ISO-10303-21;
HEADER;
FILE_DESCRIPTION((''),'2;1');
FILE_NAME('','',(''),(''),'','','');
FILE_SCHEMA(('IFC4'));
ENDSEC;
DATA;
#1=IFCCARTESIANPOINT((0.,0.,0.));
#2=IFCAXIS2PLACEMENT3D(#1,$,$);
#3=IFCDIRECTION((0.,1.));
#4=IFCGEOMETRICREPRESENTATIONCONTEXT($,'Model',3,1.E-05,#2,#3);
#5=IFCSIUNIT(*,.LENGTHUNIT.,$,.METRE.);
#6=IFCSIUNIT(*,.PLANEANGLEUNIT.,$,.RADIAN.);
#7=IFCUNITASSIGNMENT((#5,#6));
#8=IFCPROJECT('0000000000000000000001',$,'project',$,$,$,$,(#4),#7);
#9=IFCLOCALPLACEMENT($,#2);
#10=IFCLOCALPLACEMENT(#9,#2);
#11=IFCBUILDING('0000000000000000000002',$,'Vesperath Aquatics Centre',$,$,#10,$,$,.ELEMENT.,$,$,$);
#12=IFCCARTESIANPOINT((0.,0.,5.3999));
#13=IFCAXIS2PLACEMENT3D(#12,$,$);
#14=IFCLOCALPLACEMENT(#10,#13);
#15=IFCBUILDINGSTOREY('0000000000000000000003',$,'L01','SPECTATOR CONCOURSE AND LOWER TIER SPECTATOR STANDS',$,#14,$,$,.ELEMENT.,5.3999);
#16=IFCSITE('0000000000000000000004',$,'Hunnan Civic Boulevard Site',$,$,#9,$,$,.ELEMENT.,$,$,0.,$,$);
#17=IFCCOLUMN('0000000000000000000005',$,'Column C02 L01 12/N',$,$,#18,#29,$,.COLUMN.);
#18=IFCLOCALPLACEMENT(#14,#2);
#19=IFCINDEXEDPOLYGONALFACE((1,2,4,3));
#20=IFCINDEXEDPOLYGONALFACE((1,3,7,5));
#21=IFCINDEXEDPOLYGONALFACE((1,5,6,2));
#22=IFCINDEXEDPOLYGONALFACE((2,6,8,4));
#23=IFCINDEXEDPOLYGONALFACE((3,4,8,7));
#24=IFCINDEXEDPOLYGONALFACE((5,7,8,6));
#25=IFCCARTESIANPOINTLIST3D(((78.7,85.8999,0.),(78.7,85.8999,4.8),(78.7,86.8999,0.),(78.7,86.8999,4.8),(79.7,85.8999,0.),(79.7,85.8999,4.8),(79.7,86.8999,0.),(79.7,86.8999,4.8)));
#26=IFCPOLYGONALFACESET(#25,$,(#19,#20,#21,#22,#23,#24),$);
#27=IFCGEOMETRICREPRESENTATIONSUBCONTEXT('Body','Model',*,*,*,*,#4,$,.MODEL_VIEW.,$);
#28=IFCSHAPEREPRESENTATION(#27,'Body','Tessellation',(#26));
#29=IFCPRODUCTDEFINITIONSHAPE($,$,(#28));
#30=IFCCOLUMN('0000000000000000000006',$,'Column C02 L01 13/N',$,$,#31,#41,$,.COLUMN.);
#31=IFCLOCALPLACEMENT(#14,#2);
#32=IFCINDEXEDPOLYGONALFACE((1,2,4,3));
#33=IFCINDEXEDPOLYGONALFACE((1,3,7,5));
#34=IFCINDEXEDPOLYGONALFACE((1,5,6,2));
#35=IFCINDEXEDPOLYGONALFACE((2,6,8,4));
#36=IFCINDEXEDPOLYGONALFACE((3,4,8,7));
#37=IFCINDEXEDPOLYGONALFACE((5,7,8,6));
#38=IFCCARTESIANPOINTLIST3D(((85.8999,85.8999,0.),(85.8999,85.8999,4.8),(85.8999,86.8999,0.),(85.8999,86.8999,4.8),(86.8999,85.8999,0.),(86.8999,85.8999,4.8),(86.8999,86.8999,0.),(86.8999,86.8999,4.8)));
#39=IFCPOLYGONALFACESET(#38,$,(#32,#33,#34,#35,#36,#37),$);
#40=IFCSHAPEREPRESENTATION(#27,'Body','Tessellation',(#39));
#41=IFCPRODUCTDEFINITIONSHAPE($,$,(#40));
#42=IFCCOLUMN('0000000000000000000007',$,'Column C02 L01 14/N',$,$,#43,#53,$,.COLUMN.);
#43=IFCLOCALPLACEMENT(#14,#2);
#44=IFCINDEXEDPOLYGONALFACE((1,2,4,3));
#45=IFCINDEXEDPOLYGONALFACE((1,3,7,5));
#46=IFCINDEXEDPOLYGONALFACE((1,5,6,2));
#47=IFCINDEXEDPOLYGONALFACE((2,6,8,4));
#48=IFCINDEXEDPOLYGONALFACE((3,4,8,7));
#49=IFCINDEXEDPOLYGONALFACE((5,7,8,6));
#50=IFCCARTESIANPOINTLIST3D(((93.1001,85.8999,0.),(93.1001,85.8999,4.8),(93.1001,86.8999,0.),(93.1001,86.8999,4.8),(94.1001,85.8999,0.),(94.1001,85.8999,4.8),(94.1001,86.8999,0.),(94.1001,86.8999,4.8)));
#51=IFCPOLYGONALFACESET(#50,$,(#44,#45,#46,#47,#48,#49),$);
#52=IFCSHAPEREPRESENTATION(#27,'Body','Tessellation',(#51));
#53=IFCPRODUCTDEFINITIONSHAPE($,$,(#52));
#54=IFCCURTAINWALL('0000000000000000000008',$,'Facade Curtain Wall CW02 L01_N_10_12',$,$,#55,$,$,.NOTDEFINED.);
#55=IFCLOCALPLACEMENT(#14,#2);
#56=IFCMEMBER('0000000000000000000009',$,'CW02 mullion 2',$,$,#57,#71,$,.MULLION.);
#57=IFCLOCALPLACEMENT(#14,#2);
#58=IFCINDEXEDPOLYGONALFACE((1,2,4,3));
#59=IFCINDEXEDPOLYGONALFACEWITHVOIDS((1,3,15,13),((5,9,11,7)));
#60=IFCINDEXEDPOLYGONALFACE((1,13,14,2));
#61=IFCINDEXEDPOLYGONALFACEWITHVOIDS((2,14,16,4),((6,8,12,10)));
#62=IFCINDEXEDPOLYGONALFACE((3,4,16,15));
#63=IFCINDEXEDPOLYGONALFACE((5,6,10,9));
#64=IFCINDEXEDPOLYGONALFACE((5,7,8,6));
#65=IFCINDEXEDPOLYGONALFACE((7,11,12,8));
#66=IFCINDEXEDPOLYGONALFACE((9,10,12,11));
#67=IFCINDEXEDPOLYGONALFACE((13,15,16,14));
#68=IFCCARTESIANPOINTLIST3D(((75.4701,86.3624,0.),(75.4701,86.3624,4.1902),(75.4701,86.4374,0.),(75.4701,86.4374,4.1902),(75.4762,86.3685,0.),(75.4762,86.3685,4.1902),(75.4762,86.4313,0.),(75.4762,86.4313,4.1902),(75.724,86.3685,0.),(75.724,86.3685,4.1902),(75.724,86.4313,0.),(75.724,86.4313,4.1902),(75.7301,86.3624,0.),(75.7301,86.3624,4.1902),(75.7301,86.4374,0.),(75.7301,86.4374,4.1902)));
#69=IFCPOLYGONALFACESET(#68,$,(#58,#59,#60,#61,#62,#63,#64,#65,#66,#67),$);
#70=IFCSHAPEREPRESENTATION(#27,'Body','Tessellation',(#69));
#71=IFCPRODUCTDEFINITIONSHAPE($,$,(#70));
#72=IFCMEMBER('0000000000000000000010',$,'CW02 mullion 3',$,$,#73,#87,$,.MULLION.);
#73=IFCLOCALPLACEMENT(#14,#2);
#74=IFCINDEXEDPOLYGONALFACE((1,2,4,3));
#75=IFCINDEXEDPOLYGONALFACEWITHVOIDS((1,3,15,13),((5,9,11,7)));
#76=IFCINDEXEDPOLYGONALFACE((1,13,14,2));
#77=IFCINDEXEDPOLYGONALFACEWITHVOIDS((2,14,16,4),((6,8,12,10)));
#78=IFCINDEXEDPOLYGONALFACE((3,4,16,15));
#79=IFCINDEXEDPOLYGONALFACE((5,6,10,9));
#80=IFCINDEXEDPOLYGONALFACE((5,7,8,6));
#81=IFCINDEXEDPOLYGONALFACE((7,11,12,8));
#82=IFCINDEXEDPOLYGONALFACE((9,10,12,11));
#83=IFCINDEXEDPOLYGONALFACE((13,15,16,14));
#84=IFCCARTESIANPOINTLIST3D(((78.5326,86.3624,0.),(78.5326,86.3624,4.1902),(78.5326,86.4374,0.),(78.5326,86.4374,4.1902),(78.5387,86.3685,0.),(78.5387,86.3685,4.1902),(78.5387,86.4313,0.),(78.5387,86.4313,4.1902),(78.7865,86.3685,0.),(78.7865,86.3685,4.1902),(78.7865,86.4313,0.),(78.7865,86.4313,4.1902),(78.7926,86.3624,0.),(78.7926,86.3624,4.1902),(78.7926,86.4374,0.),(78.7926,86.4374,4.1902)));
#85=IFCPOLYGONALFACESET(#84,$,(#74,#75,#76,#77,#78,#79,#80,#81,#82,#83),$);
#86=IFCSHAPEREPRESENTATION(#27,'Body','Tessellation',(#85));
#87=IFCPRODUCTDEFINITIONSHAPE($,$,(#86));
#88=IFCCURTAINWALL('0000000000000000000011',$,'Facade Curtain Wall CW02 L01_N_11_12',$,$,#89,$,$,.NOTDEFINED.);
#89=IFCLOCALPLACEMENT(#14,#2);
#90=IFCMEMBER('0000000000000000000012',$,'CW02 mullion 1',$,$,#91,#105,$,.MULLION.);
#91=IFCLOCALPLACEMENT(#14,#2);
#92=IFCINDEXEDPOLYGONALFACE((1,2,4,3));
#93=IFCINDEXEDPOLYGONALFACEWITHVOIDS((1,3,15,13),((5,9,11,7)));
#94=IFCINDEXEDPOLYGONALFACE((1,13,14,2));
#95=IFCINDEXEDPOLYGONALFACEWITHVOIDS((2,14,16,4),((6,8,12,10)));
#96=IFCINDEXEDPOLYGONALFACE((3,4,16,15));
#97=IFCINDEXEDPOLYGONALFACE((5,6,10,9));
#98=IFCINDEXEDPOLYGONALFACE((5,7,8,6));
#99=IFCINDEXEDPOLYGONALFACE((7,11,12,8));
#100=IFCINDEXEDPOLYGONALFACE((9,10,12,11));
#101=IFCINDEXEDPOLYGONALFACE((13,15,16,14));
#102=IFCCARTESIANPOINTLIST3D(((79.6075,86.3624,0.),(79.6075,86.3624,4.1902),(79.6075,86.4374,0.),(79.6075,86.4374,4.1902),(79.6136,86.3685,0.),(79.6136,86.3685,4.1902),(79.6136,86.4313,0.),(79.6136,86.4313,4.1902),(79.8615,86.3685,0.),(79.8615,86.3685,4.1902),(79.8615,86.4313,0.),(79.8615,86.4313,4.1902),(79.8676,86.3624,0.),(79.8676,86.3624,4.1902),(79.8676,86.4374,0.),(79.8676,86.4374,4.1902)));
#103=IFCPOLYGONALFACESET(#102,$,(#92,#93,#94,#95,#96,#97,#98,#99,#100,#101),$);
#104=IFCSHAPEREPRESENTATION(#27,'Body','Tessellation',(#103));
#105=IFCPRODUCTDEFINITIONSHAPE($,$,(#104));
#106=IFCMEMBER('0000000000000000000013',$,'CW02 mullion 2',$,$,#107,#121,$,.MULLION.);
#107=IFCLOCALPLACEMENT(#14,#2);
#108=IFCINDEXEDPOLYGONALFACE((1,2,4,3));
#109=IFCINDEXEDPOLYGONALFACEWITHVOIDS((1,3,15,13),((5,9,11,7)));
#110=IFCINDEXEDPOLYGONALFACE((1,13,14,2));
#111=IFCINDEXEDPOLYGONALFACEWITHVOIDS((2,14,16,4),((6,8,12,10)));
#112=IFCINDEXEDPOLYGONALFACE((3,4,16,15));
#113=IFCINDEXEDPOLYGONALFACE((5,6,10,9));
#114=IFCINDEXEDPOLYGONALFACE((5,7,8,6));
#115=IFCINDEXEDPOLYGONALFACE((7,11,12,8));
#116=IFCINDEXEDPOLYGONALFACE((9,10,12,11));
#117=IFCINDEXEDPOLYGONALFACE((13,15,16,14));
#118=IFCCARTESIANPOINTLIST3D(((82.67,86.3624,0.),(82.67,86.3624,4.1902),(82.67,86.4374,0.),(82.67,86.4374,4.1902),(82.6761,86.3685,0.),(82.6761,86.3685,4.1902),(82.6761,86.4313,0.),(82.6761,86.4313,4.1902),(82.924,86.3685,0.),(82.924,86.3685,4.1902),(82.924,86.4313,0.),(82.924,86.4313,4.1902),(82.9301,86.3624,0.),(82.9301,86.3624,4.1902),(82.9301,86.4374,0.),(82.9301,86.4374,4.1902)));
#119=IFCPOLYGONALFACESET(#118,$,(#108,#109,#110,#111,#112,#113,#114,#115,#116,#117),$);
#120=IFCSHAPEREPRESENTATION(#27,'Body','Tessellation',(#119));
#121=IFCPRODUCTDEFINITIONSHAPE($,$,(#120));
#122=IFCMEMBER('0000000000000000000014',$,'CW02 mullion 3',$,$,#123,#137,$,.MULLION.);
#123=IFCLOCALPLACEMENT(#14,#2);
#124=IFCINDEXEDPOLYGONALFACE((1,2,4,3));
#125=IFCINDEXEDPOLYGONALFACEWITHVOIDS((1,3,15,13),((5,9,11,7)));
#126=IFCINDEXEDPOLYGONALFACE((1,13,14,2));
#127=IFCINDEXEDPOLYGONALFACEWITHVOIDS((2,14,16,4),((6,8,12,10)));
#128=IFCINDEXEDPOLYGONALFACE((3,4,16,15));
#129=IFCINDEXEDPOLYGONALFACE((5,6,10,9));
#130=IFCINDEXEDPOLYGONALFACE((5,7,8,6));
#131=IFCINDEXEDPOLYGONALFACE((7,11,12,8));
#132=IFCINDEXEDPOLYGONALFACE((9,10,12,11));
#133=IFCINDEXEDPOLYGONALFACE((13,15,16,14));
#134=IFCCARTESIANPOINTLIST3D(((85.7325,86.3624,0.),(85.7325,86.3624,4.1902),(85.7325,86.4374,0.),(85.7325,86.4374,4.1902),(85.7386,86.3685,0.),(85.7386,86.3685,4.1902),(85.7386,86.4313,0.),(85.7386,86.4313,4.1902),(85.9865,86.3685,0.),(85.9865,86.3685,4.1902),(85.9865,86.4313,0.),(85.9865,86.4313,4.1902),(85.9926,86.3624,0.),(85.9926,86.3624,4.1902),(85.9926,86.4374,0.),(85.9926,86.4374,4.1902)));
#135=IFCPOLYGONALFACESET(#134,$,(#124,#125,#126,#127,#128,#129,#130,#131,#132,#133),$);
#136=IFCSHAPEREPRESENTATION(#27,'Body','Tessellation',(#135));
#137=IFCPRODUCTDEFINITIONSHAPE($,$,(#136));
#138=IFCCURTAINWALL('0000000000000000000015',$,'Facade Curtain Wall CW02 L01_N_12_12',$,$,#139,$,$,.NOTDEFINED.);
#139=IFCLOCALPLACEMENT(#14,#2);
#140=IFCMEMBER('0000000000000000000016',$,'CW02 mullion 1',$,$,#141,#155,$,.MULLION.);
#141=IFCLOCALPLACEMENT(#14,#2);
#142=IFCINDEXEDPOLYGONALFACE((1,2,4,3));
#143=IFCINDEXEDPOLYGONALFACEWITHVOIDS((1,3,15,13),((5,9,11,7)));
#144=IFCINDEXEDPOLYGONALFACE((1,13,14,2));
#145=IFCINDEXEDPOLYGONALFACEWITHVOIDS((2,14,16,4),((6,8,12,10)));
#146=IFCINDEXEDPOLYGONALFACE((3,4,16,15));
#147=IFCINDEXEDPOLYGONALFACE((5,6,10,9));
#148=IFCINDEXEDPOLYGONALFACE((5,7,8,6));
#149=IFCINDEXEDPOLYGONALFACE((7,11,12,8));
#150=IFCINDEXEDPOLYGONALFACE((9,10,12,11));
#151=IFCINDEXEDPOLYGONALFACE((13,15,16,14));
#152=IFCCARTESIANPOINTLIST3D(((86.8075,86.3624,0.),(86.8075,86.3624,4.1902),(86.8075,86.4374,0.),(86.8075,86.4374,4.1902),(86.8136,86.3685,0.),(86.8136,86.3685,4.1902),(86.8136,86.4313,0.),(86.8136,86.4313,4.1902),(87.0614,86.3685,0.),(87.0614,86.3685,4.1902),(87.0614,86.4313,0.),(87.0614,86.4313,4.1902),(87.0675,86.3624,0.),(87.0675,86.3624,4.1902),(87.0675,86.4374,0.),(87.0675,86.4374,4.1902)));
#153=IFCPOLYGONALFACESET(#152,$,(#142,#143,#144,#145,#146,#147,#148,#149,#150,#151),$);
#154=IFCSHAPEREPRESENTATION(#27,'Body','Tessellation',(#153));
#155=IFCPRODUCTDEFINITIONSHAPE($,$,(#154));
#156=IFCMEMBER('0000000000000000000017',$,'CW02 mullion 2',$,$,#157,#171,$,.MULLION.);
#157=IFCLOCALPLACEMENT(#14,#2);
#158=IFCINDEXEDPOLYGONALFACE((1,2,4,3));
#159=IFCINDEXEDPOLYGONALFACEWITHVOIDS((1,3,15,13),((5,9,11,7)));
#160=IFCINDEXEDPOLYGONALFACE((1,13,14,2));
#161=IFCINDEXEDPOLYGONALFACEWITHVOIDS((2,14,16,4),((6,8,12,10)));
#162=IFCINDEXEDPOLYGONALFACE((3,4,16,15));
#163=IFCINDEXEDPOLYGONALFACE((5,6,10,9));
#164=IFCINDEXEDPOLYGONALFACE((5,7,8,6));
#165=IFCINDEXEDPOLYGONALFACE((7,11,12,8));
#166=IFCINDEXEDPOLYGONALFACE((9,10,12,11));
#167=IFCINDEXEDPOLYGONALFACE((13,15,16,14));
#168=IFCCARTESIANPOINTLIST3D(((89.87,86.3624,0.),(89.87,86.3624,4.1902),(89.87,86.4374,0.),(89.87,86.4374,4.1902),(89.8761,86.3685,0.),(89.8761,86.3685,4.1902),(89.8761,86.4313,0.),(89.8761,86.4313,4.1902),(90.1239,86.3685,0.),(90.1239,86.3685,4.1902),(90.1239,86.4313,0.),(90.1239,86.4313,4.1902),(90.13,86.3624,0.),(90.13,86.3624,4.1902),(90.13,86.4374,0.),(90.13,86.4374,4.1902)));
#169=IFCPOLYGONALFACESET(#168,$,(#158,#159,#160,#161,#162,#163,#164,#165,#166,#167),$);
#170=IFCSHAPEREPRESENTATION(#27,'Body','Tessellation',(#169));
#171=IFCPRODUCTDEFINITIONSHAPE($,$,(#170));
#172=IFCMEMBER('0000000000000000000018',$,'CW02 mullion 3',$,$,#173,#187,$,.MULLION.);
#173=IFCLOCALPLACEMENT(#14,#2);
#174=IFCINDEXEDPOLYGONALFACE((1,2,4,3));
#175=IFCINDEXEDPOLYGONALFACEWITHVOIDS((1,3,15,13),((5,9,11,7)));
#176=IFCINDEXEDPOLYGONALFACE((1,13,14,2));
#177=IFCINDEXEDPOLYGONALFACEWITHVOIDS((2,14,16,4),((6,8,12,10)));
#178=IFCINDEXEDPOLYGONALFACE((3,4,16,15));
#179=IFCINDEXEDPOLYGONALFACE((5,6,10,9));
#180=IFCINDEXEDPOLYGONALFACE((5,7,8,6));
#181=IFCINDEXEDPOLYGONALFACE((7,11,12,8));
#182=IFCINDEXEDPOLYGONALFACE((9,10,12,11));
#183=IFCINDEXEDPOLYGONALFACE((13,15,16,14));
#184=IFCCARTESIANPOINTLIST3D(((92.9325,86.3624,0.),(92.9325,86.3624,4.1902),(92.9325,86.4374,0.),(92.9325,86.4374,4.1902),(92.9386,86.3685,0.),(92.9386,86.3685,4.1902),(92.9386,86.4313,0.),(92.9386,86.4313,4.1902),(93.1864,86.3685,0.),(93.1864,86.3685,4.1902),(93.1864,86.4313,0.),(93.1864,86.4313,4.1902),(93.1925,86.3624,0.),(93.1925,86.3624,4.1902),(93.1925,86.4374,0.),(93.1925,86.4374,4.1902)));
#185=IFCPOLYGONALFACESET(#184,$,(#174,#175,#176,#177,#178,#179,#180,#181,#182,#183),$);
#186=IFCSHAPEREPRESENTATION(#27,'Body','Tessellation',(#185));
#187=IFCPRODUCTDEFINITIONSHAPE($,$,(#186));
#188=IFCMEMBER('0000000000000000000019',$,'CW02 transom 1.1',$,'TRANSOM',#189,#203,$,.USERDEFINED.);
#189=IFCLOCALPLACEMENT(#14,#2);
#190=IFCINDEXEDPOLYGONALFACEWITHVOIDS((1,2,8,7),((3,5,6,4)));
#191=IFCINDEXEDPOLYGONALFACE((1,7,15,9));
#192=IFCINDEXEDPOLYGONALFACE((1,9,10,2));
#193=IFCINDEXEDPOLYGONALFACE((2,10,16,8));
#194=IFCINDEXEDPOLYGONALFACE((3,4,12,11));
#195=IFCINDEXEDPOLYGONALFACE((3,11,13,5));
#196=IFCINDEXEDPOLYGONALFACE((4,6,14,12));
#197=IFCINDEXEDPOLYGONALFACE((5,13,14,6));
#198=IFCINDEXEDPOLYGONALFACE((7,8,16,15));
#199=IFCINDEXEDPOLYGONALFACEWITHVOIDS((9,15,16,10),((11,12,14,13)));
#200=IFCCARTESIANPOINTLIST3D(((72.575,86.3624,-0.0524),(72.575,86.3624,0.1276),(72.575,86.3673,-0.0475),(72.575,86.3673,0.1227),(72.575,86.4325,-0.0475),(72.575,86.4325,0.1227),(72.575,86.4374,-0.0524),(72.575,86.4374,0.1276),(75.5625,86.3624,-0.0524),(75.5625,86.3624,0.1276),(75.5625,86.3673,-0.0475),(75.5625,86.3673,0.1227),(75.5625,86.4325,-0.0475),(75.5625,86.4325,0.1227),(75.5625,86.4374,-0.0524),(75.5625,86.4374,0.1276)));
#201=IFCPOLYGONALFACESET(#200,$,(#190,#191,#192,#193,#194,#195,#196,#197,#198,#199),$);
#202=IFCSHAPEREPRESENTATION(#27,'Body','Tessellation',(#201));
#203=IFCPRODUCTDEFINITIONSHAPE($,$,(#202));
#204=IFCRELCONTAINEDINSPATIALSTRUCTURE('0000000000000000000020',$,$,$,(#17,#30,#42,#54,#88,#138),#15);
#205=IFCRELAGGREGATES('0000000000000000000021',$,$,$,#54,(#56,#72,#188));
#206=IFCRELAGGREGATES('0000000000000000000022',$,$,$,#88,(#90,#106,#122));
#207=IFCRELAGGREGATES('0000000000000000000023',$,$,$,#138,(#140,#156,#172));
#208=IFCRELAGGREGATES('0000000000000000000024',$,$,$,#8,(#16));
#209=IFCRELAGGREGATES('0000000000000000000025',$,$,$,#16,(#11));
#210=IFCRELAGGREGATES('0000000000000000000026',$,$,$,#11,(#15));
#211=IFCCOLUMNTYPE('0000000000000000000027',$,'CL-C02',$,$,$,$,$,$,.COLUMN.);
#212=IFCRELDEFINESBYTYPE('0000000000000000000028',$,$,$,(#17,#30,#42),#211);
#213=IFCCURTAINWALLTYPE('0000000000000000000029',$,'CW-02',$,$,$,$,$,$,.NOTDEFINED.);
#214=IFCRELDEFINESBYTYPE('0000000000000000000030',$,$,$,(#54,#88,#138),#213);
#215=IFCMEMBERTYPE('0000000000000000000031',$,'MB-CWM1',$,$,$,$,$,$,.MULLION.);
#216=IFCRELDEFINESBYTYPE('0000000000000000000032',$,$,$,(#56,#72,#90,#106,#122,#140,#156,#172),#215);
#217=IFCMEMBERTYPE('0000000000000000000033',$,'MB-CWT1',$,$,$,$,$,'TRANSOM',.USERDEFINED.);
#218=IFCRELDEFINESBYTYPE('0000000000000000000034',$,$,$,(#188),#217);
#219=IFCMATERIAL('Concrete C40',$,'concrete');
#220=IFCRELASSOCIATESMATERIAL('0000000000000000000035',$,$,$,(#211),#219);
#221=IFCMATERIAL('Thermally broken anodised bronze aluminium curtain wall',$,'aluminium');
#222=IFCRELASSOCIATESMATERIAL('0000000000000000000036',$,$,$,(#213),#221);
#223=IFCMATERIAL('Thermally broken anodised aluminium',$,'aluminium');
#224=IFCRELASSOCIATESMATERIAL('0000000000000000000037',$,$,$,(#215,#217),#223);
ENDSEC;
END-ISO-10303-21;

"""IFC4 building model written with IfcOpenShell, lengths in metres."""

from ifc_helpers import new_model, si_unit, direction, frame, origin, origin_2d, place, context, subcontext, project, spatial, rectangle, hollow_rectangle, extrude, material, material_profile, profile_set, type_object, element, aggregate, save


model = new_model("IFC4")

# Units and contexts
model_context = context("Model", 3, precision=1e-05, world=origin(), true_north=direction((0.0, 1.0)))
body_context = subcontext(model_context, "Body", "Model", "MODEL_VIEW")
ifc_project = project(units=[si_unit("LENGTHUNIT", "METRE"), si_unit("PLANEANGLEUNIT", "RADIAN")], contexts=[model_context])

# Site, building, storey
site_placement = place(None, origin())
site = spatial("IfcSite", under=ifc_project, at=site_placement, Name="Hunnan Civic Boulevard Site", CompositionType="ELEMENT", RefElevation=0.0)
building_placement = place(site_placement, origin())
building = spatial("IfcBuilding", under=site, at=building_placement, Name="Vesperath Aquatics Centre", CompositionType="ELEMENT")
storey_placement = place(building_placement, frame((0.0, 0.0, 5.3999)))
storey = spatial("IfcBuildingStorey", under=building, at=storey_placement, Name="L01", Description="SPECTATOR CONCOURSE AND LOWER TIER SPECTATOR STANDS", CompositionType="ELEMENT", Elevation=5.3999)

# Columns
ifc_material_1 = material(Name="Concrete C40", Category="concrete")
ifc_material_profile_1 = material_profile(ifc_material_1, rectangle(XDim=1.0, YDim=1.0, at=origin_2d()), Name="RC 1000x1000")
ifc_profile_set_1 = profile_set([ifc_material_profile_1], Name="Concrete C40")
column_type = type_object("IfcColumnType", Name="CL-C02", PredefinedType="COLUMN", material=ifc_profile_set_1)
for number, where, z_axis, x_axis, name in (
    (1, (79.2, 86.3999, 0.0), (0.0, 0.0, 1.0), (1.0, 0.0, 0.0), "Column C02 L01 12/N"),
    (2, (86.3999, 86.3999, 0.0), (0.0, 0.0, 1.0), (1.0, 0.0, 0.0), "Column C02 L01 13/N"),
    (3, (93.6001, 86.3999, 0.0), (0.0, 0.0, 1.0), (1.0, 0.0, 0.0), "Column C02 L01 14/N"),
):
    element("IfcColumn", number, at=place(storey_placement, frame(where, z_axis=z_axis, x_axis=x_axis)), inside=storey, type_object=column_type, Name=name, PredefinedType="COLUMN", context=body_context, shape_type="SweptSolid", body=[
        extrude(rectangle(XDim=1.0, YDim=1.0, at=origin_2d()), origin(), (0.0, 0.0, 1.0), 4.8),
    ])

# Curtain walls, members
ifc_material_2 = material(Name="Thermally broken anodised bronze aluminium curtain wall", Category="aluminium")
curtain_wall_type = type_object("IfcCurtainWallType", Name="CW-02", PredefinedType="NOTDEFINED", material=ifc_material_2)
curtain_wall_1_placement = place(storey_placement, origin())
curtain_wall_1 = element("IfcCurtainWall", 4, at=curtain_wall_1_placement, inside=storey, type_object=curtain_wall_type, Name="Facade Curtain Wall CW02 L01_N_10_12", PredefinedType="NOTDEFINED")
ifc_material_3 = material(Name="Thermally broken anodised aluminium", Category="aluminium")
ifc_material_profile_2 = material_profile(ifc_material_3, hollow_rectangle(XDim=0.075, YDim=0.26, WallThickness=0.0061, at=origin_2d()), Name="CWM 75x260x6")
ifc_profile_set_2 = profile_set([ifc_material_profile_2], Name="Thermally broken anodised aluminium")
member_type_1 = type_object("IfcMemberType", Name="MB-CWM1", PredefinedType="MULLION", material=ifc_profile_set_2)
member_1_placement = place(storey_placement, frame((75.6001, 86.3999, 0.0), z_axis=(0.0, 0.0, 1.0), x_axis=(0.0, 1.0, 0.0)))
member_1 = element("IfcMember", 5, at=member_1_placement, type_object=member_type_1, Name="CW02 mullion 2", PredefinedType="MULLION", context=body_context, shape_type="SweptSolid", body=[
    extrude(hollow_rectangle(XDim=0.075, YDim=0.26, WallThickness=0.0061, at=origin_2d()), origin(), (0.0, 0.0, 1.0), 4.1902),
])
member_2_placement = place(storey_placement, frame((78.6626, 86.3999, 0.0), z_axis=(0.0, 0.0, 1.0), x_axis=(0.0, 1.0, 0.0)))
member_2 = element("IfcMember", 6, at=member_2_placement, type_object=member_type_1, Name="CW02 mullion 3", PredefinedType="MULLION", context=body_context, shape_type="SweptSolid", body=[
    extrude(hollow_rectangle(XDim=0.075, YDim=0.26, WallThickness=0.0061, at=origin_2d()), origin(), (0.0, 0.0, 1.0), 4.1902),
])
curtain_wall_2_placement = place(storey_placement, origin())
curtain_wall_2 = element("IfcCurtainWall", 7, at=curtain_wall_2_placement, inside=storey, type_object=curtain_wall_type, Name="Facade Curtain Wall CW02 L01_N_11_12", PredefinedType="NOTDEFINED")
member_3_placement = place(storey_placement, frame((79.7375, 86.3999, 0.0), z_axis=(0.0, 0.0, 1.0), x_axis=(0.0, 1.0, 0.0)))
member_3 = element("IfcMember", 8, at=member_3_placement, type_object=member_type_1, Name="CW02 mullion 1", PredefinedType="MULLION", context=body_context, shape_type="SweptSolid", body=[
    extrude(hollow_rectangle(XDim=0.075, YDim=0.26, WallThickness=0.0061, at=origin_2d()), origin(), (0.0, 0.0, 1.0), 4.1902),
])
member_4_placement = place(storey_placement, frame((82.8, 86.3999, 0.0), z_axis=(0.0, 0.0, 1.0), x_axis=(0.0, 1.0, 0.0)))
member_4 = element("IfcMember", 9, at=member_4_placement, type_object=member_type_1, Name="CW02 mullion 2", PredefinedType="MULLION", context=body_context, shape_type="SweptSolid", body=[
    extrude(hollow_rectangle(XDim=0.075, YDim=0.26, WallThickness=0.0061, at=origin_2d()), origin(), (0.0, 0.0, 1.0), 4.1902),
])
member_5_placement = place(storey_placement, frame((85.8625, 86.3999, 0.0), z_axis=(0.0, 0.0, 1.0), x_axis=(0.0, 1.0, 0.0)))
member_5 = element("IfcMember", 10, at=member_5_placement, type_object=member_type_1, Name="CW02 mullion 3", PredefinedType="MULLION", context=body_context, shape_type="SweptSolid", body=[
    extrude(hollow_rectangle(XDim=0.075, YDim=0.26, WallThickness=0.0061, at=origin_2d()), origin(), (0.0, 0.0, 1.0), 4.1902),
])
curtain_wall_3_placement = place(storey_placement, origin())
curtain_wall_3 = element("IfcCurtainWall", 11, at=curtain_wall_3_placement, inside=storey, type_object=curtain_wall_type, Name="Facade Curtain Wall CW02 L01_N_12_12", PredefinedType="NOTDEFINED")
member_6_placement = place(storey_placement, frame((86.9375, 86.3999, 0.0), z_axis=(0.0, 0.0, 1.0), x_axis=(0.0, 1.0, 0.0)))
member_6 = element("IfcMember", 12, at=member_6_placement, type_object=member_type_1, Name="CW02 mullion 1", PredefinedType="MULLION", context=body_context, shape_type="SweptSolid", body=[
    extrude(hollow_rectangle(XDim=0.075, YDim=0.26, WallThickness=0.0061, at=origin_2d()), origin(), (0.0, 0.0, 1.0), 4.1902),
])
member_7_placement = place(storey_placement, frame((90.0, 86.3999, 0.0), z_axis=(0.0, 0.0, 1.0), x_axis=(0.0, 1.0, 0.0)))
member_7 = element("IfcMember", 13, at=member_7_placement, type_object=member_type_1, Name="CW02 mullion 2", PredefinedType="MULLION", context=body_context, shape_type="SweptSolid", body=[
    extrude(hollow_rectangle(XDim=0.075, YDim=0.26, WallThickness=0.0061, at=origin_2d()), origin(), (0.0, 0.0, 1.0), 4.1902),
])
member_8_placement = place(storey_placement, frame((93.0625, 86.3999, 0.0), z_axis=(0.0, 0.0, 1.0), x_axis=(0.0, 1.0, 0.0)))
member_8 = element("IfcMember", 14, at=member_8_placement, type_object=member_type_1, Name="CW02 mullion 3", PredefinedType="MULLION", context=body_context, shape_type="SweptSolid", body=[
    extrude(hollow_rectangle(XDim=0.075, YDim=0.26, WallThickness=0.0061, at=origin_2d()), origin(), (0.0, 0.0, 1.0), 4.1902),
])

# Member
ifc_material_profile_3 = material_profile(ifc_material_3, hollow_rectangle(XDim=0.075, YDim=0.1799, WallThickness=0.0049, at=origin_2d()), Name="CWT 75x180x5")
ifc_profile_set_3 = profile_set([ifc_material_profile_3], Name="Thermally broken anodised aluminium")
member_type_2 = type_object("IfcMemberType", Name="MB-CWT1", ElementType="TRANSOM", PredefinedType="USERDEFINED", material=ifc_profile_set_3)
member_9_placement = place(storey_placement, frame((72.575, 86.3999, 0.0376), z_axis=(1.0, 0.0, 0.0), x_axis=(0.0, 1.0, 0.0)))
member_9 = element("IfcMember", 15, at=member_9_placement, type_object=member_type_2, Name="CW02 transom 1.1", ObjectType="TRANSOM", PredefinedType="USERDEFINED", context=body_context, shape_type="SweptSolid", body=[
    extrude(hollow_rectangle(XDim=0.075, YDim=0.1799, WallThickness=0.0049, at=origin_2d()), origin(), (0.0, 0.0, 1.0), 2.9875),
])

aggregate(curtain_wall_1, [member_1, member_2, member_9])
aggregate(curtain_wall_2, [member_3, member_4, member_5])
aggregate(curtain_wall_3, [member_6, member_7, member_8])

save(model, "model.ifc")
